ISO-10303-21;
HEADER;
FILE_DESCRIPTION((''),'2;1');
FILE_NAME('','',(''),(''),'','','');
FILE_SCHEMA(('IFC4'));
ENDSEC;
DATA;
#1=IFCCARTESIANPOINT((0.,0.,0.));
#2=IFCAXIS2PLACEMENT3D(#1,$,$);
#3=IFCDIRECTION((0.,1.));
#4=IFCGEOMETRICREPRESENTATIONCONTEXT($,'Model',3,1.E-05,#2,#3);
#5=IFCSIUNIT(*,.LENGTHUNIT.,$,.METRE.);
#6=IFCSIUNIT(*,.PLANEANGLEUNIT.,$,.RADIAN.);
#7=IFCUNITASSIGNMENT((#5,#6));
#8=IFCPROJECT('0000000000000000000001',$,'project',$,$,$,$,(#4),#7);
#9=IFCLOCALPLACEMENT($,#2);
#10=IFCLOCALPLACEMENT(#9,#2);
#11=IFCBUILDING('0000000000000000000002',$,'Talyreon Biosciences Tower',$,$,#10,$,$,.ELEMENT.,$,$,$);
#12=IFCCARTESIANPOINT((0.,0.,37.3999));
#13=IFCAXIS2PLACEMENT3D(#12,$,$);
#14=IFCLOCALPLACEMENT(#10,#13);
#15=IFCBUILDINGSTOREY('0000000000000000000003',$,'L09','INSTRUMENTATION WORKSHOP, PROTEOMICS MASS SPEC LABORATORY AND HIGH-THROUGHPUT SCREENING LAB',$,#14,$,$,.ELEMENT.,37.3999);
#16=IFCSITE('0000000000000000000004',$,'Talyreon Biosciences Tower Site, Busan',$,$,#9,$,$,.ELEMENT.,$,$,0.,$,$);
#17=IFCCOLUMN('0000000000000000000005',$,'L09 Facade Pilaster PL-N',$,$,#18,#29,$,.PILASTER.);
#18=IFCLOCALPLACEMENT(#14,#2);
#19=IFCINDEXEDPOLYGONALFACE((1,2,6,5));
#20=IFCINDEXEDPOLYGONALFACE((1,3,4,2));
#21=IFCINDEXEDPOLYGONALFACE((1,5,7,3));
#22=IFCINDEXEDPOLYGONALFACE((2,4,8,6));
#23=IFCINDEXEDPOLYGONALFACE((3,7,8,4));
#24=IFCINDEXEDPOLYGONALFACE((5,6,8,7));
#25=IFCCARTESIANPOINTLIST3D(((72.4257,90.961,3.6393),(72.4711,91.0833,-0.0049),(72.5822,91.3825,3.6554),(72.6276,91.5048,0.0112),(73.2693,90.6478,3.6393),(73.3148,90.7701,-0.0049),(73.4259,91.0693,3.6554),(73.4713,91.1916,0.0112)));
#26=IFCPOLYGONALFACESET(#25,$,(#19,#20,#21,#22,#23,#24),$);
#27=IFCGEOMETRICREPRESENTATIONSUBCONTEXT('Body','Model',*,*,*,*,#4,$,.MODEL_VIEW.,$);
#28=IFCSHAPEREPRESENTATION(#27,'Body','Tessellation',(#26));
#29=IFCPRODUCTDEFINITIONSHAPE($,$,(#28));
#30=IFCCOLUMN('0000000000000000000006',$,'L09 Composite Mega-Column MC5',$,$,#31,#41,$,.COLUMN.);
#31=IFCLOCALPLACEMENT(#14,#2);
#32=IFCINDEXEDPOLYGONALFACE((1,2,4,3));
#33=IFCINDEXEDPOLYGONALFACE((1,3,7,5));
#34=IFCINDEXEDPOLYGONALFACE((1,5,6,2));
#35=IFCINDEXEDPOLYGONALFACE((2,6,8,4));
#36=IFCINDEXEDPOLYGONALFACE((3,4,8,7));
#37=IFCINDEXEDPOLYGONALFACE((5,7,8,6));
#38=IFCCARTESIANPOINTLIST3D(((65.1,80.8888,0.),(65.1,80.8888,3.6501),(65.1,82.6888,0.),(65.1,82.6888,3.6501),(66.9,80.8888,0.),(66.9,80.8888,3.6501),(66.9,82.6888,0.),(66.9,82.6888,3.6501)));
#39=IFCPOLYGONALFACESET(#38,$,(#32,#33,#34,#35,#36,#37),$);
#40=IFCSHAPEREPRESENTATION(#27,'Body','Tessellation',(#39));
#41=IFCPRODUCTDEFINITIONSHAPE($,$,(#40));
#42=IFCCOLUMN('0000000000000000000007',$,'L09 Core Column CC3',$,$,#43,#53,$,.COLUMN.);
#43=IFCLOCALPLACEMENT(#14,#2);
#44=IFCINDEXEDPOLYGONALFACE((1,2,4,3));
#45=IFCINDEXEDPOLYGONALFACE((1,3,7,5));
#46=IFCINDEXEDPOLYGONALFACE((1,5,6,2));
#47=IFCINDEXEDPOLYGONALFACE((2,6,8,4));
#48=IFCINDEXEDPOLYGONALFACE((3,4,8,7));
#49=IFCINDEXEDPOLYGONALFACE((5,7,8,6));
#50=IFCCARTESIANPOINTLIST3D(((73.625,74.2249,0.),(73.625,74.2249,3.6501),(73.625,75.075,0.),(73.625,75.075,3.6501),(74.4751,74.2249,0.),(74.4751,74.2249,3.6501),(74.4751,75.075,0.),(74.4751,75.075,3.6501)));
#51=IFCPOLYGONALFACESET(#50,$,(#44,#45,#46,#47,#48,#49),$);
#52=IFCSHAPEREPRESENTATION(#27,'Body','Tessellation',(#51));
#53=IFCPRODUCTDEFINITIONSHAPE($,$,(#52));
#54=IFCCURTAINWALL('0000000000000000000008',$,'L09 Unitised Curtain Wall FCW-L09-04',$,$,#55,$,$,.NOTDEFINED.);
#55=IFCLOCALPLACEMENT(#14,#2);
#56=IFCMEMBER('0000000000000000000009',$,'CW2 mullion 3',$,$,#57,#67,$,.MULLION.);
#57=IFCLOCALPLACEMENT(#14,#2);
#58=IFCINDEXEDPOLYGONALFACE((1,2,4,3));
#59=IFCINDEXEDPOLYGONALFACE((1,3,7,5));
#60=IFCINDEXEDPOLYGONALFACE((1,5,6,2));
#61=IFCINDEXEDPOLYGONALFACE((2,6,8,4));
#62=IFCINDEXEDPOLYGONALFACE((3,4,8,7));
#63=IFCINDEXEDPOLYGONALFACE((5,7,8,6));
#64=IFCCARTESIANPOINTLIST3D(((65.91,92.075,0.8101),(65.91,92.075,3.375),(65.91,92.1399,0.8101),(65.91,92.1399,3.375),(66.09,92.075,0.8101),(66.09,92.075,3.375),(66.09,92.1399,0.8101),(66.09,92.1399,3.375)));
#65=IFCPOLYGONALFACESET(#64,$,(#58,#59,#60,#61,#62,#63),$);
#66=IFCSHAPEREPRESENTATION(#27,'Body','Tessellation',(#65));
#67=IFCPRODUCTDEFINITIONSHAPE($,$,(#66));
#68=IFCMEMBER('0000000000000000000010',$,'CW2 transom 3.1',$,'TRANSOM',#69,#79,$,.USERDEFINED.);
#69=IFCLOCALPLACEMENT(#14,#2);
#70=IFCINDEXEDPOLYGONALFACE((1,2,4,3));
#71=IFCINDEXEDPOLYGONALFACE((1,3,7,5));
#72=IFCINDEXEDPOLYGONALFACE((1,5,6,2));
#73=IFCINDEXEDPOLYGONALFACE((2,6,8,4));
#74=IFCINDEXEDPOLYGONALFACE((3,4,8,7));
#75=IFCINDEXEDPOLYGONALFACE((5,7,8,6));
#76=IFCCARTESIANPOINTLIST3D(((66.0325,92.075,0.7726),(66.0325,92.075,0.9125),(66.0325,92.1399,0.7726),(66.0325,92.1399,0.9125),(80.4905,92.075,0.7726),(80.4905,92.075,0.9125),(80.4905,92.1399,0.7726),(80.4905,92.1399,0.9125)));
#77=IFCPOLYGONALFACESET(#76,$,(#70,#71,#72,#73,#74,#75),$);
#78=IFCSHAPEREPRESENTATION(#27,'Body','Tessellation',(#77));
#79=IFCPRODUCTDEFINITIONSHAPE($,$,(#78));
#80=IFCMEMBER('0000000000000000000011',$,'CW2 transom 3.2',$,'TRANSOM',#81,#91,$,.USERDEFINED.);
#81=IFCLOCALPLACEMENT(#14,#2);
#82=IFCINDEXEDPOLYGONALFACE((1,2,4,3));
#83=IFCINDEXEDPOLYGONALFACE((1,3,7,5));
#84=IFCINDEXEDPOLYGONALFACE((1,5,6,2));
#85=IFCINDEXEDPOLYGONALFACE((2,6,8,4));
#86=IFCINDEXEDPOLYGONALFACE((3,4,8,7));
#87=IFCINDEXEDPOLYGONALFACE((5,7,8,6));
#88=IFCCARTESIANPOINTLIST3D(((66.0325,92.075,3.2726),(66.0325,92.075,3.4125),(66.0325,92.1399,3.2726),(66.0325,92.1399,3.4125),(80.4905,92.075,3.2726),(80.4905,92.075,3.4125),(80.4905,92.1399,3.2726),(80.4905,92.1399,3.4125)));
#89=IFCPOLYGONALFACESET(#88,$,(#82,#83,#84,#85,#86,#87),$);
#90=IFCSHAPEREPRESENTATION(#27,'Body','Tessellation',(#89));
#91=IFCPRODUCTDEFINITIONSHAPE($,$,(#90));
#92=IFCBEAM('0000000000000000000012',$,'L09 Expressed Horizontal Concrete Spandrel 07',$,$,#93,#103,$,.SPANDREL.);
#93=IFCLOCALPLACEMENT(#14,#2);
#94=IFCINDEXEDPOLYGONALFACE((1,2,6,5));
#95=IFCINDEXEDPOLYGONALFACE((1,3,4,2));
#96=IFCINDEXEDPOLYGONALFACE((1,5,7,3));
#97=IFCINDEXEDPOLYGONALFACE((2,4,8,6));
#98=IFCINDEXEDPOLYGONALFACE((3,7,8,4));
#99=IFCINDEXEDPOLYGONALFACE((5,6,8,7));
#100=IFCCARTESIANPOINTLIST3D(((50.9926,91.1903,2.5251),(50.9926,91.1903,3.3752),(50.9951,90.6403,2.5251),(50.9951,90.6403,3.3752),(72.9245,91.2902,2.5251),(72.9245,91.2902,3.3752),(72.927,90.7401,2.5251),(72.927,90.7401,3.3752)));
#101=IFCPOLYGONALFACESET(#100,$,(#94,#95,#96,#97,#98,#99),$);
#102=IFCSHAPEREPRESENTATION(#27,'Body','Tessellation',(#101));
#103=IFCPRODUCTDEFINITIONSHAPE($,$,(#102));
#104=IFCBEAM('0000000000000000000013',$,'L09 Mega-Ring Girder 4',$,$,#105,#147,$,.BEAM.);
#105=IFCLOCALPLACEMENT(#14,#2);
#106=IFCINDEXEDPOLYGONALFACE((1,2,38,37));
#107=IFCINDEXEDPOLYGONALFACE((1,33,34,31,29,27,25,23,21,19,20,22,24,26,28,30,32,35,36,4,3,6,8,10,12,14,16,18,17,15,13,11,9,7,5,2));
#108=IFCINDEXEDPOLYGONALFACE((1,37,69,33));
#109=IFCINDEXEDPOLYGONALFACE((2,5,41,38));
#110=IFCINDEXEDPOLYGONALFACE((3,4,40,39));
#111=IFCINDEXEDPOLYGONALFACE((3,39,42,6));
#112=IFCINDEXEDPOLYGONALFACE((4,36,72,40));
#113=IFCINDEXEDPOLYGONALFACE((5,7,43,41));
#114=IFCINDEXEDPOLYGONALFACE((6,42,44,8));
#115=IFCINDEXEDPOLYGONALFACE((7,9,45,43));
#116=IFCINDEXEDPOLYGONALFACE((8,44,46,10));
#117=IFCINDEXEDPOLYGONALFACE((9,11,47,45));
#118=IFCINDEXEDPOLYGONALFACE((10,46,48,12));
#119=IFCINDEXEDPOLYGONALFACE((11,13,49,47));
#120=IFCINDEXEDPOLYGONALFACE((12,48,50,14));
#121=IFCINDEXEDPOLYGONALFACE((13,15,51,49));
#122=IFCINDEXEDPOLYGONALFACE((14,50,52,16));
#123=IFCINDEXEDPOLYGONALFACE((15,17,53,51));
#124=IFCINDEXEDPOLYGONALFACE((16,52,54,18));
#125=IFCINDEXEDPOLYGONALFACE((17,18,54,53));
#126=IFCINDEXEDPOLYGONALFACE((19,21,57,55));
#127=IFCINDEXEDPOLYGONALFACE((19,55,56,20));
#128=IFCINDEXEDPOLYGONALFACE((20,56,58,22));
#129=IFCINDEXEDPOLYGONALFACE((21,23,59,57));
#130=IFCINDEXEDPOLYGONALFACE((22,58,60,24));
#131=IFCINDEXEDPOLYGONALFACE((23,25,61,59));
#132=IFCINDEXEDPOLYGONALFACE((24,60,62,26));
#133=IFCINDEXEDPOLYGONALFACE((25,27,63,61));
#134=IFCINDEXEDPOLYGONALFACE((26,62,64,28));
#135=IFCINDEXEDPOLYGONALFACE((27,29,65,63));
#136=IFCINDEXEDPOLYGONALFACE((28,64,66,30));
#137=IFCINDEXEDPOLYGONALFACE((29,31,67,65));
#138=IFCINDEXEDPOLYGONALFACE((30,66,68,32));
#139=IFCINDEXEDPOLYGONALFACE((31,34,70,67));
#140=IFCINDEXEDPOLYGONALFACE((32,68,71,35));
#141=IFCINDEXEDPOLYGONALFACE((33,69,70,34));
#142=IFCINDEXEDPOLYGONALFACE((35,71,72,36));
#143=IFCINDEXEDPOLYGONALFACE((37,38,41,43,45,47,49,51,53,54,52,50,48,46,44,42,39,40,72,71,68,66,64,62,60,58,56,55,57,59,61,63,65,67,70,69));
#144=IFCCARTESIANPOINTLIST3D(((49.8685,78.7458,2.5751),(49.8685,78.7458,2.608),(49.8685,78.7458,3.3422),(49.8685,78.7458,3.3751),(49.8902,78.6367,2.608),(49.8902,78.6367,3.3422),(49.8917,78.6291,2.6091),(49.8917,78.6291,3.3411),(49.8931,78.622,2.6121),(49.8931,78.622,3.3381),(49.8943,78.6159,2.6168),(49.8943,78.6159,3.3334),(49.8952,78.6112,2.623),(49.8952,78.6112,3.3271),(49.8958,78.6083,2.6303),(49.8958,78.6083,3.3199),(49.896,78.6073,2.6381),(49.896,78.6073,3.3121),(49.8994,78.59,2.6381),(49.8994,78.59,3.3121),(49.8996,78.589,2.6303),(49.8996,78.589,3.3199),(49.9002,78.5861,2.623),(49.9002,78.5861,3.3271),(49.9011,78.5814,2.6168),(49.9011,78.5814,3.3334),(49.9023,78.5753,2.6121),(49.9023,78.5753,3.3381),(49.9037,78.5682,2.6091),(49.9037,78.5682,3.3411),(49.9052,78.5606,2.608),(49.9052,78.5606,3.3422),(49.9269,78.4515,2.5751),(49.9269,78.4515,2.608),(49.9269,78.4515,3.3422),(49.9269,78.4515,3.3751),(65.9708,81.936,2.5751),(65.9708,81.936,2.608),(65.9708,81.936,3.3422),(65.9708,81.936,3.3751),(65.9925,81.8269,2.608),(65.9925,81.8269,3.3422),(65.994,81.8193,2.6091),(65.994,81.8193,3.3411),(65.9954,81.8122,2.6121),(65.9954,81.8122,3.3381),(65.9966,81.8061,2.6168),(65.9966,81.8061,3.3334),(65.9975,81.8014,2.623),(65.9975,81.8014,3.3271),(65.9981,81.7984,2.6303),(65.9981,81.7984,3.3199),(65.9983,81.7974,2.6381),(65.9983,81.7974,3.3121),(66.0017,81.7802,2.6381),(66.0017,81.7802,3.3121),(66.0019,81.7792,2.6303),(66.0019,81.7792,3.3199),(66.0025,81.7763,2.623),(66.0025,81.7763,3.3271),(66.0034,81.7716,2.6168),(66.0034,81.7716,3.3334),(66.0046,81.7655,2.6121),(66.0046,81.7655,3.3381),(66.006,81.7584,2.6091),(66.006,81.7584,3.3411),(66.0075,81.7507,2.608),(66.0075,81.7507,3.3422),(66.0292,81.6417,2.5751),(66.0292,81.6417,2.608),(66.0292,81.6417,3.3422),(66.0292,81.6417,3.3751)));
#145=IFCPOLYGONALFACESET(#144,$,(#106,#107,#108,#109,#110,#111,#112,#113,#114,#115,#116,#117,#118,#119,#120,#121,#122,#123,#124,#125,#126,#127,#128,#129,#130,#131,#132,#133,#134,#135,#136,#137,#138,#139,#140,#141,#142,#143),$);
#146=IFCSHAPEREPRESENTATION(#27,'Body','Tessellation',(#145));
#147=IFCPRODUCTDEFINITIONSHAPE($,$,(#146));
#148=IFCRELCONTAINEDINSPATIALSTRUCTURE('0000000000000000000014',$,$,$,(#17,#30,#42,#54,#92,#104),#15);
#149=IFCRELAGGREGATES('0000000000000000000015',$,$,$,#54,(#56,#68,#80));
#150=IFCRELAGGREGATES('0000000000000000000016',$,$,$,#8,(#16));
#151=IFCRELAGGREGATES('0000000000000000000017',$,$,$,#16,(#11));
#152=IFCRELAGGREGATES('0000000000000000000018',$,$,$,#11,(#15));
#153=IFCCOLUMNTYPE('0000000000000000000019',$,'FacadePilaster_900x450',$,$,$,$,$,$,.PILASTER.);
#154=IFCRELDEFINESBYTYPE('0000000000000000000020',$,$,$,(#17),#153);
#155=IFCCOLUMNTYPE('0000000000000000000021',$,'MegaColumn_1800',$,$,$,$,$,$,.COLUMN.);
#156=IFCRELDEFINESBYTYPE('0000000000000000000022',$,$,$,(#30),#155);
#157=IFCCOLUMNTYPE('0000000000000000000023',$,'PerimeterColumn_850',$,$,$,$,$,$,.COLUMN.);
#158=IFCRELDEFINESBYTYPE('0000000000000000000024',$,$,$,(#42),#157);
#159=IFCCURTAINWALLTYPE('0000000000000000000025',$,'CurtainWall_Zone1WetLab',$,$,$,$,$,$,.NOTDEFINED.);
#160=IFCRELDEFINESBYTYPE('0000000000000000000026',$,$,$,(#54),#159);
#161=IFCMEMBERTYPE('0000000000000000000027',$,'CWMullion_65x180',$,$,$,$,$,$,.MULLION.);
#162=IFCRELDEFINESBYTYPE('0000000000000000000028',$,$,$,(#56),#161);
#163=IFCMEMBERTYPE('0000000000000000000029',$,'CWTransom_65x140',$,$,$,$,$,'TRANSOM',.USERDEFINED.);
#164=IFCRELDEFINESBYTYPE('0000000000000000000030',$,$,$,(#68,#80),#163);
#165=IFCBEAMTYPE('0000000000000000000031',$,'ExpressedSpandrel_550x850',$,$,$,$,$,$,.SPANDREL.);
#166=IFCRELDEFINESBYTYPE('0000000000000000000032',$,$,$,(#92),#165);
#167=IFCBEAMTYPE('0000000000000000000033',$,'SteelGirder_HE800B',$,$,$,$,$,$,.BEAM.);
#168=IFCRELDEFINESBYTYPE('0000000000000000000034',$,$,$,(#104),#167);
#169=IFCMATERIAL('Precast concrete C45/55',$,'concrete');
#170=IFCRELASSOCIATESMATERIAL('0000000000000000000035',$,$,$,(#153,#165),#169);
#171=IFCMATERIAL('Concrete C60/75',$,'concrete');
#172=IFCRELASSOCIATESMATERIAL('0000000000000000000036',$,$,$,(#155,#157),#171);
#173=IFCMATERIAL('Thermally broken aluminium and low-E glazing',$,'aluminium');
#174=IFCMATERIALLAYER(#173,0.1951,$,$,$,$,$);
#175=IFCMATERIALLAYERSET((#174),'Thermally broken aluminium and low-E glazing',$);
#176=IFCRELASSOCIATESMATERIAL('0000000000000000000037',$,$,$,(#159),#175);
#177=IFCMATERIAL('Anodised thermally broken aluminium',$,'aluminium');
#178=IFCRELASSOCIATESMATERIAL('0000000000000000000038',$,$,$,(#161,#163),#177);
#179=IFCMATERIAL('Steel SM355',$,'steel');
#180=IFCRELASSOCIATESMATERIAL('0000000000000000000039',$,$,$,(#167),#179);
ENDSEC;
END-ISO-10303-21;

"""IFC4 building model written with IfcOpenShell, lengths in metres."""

from ifc_helpers import new_model, si_unit, direction, frame, origin, origin_2d, place, context, subcontext, project, spatial, rectangle, i_section, extrude, material, layer, layer_set, material_profile, profile_set, type_object, element, aggregate, save


model = new_model("IFC4")

# Units and contexts
model_context = context("Model", 3, precision=1e-05, world=origin(), true_north=direction((0.0, 1.0)))
body_context = subcontext(model_context, "Body", "Model", "MODEL_VIEW")
ifc_project = project(units=[si_unit("LENGTHUNIT", "METRE"), si_unit("PLANEANGLEUNIT", "RADIAN")], contexts=[model_context])

# Site, building, storey
site_placement = place(None, origin())
site = spatial("IfcSite", under=ifc_project, at=site_placement, Name="Talyreon Biosciences Tower Site, Busan", CompositionType="ELEMENT", RefElevation=0.0)
building_placement = place(site_placement, origin())
building = spatial("IfcBuilding", under=site, at=building_placement, Name="Talyreon Biosciences Tower", CompositionType="ELEMENT")
storey_placement = place(building_placement, frame((0.0, 0.0, 37.3999)))
storey = spatial("IfcBuildingStorey", under=building, at=storey_placement, Name="L09", Description="INSTRUMENTATION WORKSHOP, PROTEOMICS MASS SPEC LABORATORY AND HIGH-THROUGHPUT SCREENING LAB", CompositionType="ELEMENT", Elevation=37.3999)

# Columns
ifc_material_1 = material(Name="Precast concrete C45/55", Category="concrete")
ifc_material_profile_1 = material_profile(ifc_material_1, rectangle(XDim=0.8999, YDim=0.45, at=origin_2d()), Name="RC 900x450")
ifc_profile_set_1 = profile_set([ifc_material_profile_1], Name="Precast concrete C45/55")
column_type_1 = type_object("IfcColumnType", Name="FacadePilaster_900x450", PredefinedType="PILASTER", material=ifc_profile_set_1)
column_1_placement = place(storey_placement, frame((72.9712, 91.1375, 0.0032), z_axis=(-0.012453, -0.033544, 0.99936), x_axis=(-0.937478, 0.348046, 0.0)))
element("IfcColumn", 1, at=column_1_placement, inside=storey, type_object=column_type_1, Name="L09 Facade Pilaster PL-N", PredefinedType="PILASTER", context=body_context, shape_type="SweptSolid", body=[
    extrude(rectangle(XDim=0.8999, YDim=0.45, at=origin_2d()), origin(), (0.0, 0.0, 1.0), 3.6465),
])
ifc_material_2 = material(Name="Concrete C60/75", Category="concrete")
ifc_material_profile_2 = material_profile(ifc_material_2, rectangle(XDim=1.8, YDim=1.8, at=origin_2d()), Name="RC 1800x1800")
ifc_profile_set_2 = profile_set([ifc_material_profile_2], Name="Concrete C60/75")
column_type_2 = type_object("IfcColumnType", Name="MegaColumn_1800", PredefinedType="COLUMN", material=ifc_profile_set_2)
column_2_placement = place(storey_placement, frame((66.0, 81.7888, 0.0), z_axis=(0.0, 0.0, 1.0), x_axis=(1.0, 0.0, 0.0)))
element("IfcColumn", 2, at=column_2_placement, inside=storey, type_object=column_type_2, Name="L09 Composite Mega-Column MC5", PredefinedType="COLUMN", context=body_context, shape_type="SweptSolid", body=[
    extrude(rectangle(XDim=1.8, YDim=1.8, at=origin_2d()), origin(), (0.0, 0.0, 1.0), 3.6501),
])
ifc_material_profile_3 = material_profile(ifc_material_2, rectangle(XDim=0.8501, YDim=0.8501, at=origin_2d()), Name="RC 850x850")
ifc_profile_set_3 = profile_set([ifc_material_profile_3], Name="Concrete C60/75")
column_type_3 = type_object("IfcColumnType", Name="PerimeterColumn_850", PredefinedType="COLUMN", material=ifc_profile_set_3)
column_3_placement = place(storey_placement, frame((74.05, 74.6499, 0.0), z_axis=(0.0, 0.0, 1.0), x_axis=(1.0, 0.0, 0.0)))
element("IfcColumn", 3, at=column_3_placement, inside=storey, type_object=column_type_3, Name="L09 Core Column CC3", PredefinedType="COLUMN", context=body_context, shape_type="SweptSolid", body=[
    extrude(rectangle(XDim=0.8501, YDim=0.8501, at=origin_2d()), origin(), (0.0, 0.0, 1.0), 3.6501),
])

# Curtain wall, members
ifc_material_3 = material(Name="Thermally broken aluminium and low-E glazing", Category="aluminium")
ifc_layer_1 = layer(ifc_material_3, 0.1951)
ifc_layer_set_1 = layer_set([ifc_layer_1], Name="Thermally broken aluminium and low-E glazing")
curtain_wall_type = type_object("IfcCurtainWallType", Name="CurtainWall_Zone1WetLab", PredefinedType="NOTDEFINED", material=ifc_layer_set_1)
curtain_wall_placement = place(storey_placement, origin())
curtain_wall = element("IfcCurtainWall", 4, at=curtain_wall_placement, inside=storey, type_object=curtain_wall_type, Name="L09 Unitised Curtain Wall FCW-L09-04", PredefinedType="NOTDEFINED")
ifc_material_4 = material(Name="Anodised thermally broken aluminium", Category="aluminium")
ifc_material_profile_4 = material_profile(ifc_material_4, rectangle(XDim=0.0649, YDim=0.1799, at=origin_2d()), Name="ALUM MULLION 65x180")
ifc_profile_set_4 = profile_set([ifc_material_profile_4], Name="Anodised thermally broken aluminium")
member_type_1 = type_object("IfcMemberType", Name="CWMullion_65x180", PredefinedType="MULLION", material=ifc_profile_set_4)
member_1_placement = place(storey_placement, frame((66.0, 92.1074, 0.8101), z_axis=(0.0, 0.0, 1.0), x_axis=(0.0, 1.0, 0.0)))
member_1 = element("IfcMember", 5, at=member_1_placement, type_object=member_type_1, Name="CW2 mullion 3", PredefinedType="MULLION", context=body_context, shape_type="SweptSolid", body=[
    extrude(rectangle(XDim=0.0649, YDim=0.1799, at=origin_2d()), origin(), (0.0, 0.0, 1.0), 2.5649),
])
ifc_material_profile_5 = material_profile(ifc_material_4, rectangle(XDim=0.0649, YDim=0.1399, at=origin_2d()), Name="ALUM TRANSOM 65x140")
ifc_profile_set_5 = profile_set([ifc_material_profile_5], Name="Anodised thermally broken aluminium")
member_type_2 = type_object("IfcMemberType", Name="CWTransom_65x140", ElementType="TRANSOM", PredefinedType="USERDEFINED", material=ifc_profile_set_5)
member_2_placement = place(storey_placement, frame((66.0325, 92.1074, 0.8425), z_axis=(1.0, 0.0, 0.0), x_axis=(0.0, 1.0, 0.0)))
member_2 = element("IfcMember", 6, at=member_2_placement, type_object=member_type_2, Name="CW2 transom 3.1", ObjectType="TRANSOM", PredefinedType="USERDEFINED", context=body_context, shape_type="SweptSolid", body=[
    extrude(rectangle(XDim=0.0649, YDim=0.1399, at=origin_2d()), origin(), (0.0, 0.0, 1.0), 14.458),
])
member_3_placement = place(storey_placement, frame((66.0325, 92.1074, 3.3425), z_axis=(1.0, 0.0, 0.0), x_axis=(0.0, 1.0, 0.0)))
member_3 = element("IfcMember", 7, at=member_3_placement, type_object=member_type_2, Name="CW2 transom 3.2", ObjectType="TRANSOM", PredefinedType="USERDEFINED", context=body_context, shape_type="SweptSolid", body=[
    extrude(rectangle(XDim=0.0649, YDim=0.1399, at=origin_2d()), origin(), (0.0, 0.0, 1.0), 14.458),
])

# Beams
ifc_material_profile_6 = material_profile(ifc_material_1, rectangle(XDim=0.55, YDim=0.8501, at=origin_2d()), Name="RCB 550x850")
ifc_profile_set_6 = profile_set([ifc_material_profile_6], Name="Precast concrete C45/55")
beam_type_1 = type_object("IfcBeamType", Name="ExpressedSpandrel_550x850", PredefinedType="SPANDREL", material=ifc_profile_set_6)
beam_1_placement = place(storey_placement, frame((72.9258, 91.0151, 2.9502), z_axis=(-0.99999, -0.004553, 0.0), x_axis=(0.004553, -0.99999, 0.0)))
element("IfcBeam", 8, at=beam_1_placement, inside=storey, type_object=beam_type_1, Name="L09 Expressed Horizontal Concrete Spandrel 07", PredefinedType="SPANDREL", context=body_context, shape_type="SweptSolid", body=[
    extrude(rectangle(XDim=0.55, YDim=0.8501, at=origin_2d()), origin(), (0.0, 0.0, 1.0), 21.9321),
])
ifc_material_5 = material(Name="Steel SM355", Category="steel")
ifc_material_profile_7 = material_profile(ifc_material_5, i_section(OverallWidth=0.3, OverallDepth=0.8, WebThickness=0.0176, FlangeThickness=0.033, FilletRadius=0.03, at=origin_2d()), Name="HE800B")
ifc_profile_set_7 = profile_set([ifc_material_profile_7], Name="Steel SM355")
beam_type_2 = type_object("IfcBeamType", Name="SteelGirder_HE800B", PredefinedType="BEAM", material=ifc_profile_set_7)
beam_2_placement = place(storey_placement, frame((66.0, 81.7888, 2.9751), z_axis=(-0.980934, -0.194343, 0.0), x_axis=(0.194343, -0.980934, 0.0)))
element("IfcBeam", 9, at=beam_2_placement, inside=storey, type_object=beam_type_2, Name="L09 Mega-Ring Girder 4", PredefinedType="BEAM", context=body_context, shape_type="SweptSolid", body=[
    extrude(i_section(OverallWidth=0.3, OverallDepth=0.8, WebThickness=0.0176, FlangeThickness=0.033, FilletRadius=0.03, at=origin_2d()), origin(), (0.0, 0.0, 1.0), 16.4153),
])

aggregate(curtain_wall, [member_1, member_2, member_3])

save(model, "model.ifc")
